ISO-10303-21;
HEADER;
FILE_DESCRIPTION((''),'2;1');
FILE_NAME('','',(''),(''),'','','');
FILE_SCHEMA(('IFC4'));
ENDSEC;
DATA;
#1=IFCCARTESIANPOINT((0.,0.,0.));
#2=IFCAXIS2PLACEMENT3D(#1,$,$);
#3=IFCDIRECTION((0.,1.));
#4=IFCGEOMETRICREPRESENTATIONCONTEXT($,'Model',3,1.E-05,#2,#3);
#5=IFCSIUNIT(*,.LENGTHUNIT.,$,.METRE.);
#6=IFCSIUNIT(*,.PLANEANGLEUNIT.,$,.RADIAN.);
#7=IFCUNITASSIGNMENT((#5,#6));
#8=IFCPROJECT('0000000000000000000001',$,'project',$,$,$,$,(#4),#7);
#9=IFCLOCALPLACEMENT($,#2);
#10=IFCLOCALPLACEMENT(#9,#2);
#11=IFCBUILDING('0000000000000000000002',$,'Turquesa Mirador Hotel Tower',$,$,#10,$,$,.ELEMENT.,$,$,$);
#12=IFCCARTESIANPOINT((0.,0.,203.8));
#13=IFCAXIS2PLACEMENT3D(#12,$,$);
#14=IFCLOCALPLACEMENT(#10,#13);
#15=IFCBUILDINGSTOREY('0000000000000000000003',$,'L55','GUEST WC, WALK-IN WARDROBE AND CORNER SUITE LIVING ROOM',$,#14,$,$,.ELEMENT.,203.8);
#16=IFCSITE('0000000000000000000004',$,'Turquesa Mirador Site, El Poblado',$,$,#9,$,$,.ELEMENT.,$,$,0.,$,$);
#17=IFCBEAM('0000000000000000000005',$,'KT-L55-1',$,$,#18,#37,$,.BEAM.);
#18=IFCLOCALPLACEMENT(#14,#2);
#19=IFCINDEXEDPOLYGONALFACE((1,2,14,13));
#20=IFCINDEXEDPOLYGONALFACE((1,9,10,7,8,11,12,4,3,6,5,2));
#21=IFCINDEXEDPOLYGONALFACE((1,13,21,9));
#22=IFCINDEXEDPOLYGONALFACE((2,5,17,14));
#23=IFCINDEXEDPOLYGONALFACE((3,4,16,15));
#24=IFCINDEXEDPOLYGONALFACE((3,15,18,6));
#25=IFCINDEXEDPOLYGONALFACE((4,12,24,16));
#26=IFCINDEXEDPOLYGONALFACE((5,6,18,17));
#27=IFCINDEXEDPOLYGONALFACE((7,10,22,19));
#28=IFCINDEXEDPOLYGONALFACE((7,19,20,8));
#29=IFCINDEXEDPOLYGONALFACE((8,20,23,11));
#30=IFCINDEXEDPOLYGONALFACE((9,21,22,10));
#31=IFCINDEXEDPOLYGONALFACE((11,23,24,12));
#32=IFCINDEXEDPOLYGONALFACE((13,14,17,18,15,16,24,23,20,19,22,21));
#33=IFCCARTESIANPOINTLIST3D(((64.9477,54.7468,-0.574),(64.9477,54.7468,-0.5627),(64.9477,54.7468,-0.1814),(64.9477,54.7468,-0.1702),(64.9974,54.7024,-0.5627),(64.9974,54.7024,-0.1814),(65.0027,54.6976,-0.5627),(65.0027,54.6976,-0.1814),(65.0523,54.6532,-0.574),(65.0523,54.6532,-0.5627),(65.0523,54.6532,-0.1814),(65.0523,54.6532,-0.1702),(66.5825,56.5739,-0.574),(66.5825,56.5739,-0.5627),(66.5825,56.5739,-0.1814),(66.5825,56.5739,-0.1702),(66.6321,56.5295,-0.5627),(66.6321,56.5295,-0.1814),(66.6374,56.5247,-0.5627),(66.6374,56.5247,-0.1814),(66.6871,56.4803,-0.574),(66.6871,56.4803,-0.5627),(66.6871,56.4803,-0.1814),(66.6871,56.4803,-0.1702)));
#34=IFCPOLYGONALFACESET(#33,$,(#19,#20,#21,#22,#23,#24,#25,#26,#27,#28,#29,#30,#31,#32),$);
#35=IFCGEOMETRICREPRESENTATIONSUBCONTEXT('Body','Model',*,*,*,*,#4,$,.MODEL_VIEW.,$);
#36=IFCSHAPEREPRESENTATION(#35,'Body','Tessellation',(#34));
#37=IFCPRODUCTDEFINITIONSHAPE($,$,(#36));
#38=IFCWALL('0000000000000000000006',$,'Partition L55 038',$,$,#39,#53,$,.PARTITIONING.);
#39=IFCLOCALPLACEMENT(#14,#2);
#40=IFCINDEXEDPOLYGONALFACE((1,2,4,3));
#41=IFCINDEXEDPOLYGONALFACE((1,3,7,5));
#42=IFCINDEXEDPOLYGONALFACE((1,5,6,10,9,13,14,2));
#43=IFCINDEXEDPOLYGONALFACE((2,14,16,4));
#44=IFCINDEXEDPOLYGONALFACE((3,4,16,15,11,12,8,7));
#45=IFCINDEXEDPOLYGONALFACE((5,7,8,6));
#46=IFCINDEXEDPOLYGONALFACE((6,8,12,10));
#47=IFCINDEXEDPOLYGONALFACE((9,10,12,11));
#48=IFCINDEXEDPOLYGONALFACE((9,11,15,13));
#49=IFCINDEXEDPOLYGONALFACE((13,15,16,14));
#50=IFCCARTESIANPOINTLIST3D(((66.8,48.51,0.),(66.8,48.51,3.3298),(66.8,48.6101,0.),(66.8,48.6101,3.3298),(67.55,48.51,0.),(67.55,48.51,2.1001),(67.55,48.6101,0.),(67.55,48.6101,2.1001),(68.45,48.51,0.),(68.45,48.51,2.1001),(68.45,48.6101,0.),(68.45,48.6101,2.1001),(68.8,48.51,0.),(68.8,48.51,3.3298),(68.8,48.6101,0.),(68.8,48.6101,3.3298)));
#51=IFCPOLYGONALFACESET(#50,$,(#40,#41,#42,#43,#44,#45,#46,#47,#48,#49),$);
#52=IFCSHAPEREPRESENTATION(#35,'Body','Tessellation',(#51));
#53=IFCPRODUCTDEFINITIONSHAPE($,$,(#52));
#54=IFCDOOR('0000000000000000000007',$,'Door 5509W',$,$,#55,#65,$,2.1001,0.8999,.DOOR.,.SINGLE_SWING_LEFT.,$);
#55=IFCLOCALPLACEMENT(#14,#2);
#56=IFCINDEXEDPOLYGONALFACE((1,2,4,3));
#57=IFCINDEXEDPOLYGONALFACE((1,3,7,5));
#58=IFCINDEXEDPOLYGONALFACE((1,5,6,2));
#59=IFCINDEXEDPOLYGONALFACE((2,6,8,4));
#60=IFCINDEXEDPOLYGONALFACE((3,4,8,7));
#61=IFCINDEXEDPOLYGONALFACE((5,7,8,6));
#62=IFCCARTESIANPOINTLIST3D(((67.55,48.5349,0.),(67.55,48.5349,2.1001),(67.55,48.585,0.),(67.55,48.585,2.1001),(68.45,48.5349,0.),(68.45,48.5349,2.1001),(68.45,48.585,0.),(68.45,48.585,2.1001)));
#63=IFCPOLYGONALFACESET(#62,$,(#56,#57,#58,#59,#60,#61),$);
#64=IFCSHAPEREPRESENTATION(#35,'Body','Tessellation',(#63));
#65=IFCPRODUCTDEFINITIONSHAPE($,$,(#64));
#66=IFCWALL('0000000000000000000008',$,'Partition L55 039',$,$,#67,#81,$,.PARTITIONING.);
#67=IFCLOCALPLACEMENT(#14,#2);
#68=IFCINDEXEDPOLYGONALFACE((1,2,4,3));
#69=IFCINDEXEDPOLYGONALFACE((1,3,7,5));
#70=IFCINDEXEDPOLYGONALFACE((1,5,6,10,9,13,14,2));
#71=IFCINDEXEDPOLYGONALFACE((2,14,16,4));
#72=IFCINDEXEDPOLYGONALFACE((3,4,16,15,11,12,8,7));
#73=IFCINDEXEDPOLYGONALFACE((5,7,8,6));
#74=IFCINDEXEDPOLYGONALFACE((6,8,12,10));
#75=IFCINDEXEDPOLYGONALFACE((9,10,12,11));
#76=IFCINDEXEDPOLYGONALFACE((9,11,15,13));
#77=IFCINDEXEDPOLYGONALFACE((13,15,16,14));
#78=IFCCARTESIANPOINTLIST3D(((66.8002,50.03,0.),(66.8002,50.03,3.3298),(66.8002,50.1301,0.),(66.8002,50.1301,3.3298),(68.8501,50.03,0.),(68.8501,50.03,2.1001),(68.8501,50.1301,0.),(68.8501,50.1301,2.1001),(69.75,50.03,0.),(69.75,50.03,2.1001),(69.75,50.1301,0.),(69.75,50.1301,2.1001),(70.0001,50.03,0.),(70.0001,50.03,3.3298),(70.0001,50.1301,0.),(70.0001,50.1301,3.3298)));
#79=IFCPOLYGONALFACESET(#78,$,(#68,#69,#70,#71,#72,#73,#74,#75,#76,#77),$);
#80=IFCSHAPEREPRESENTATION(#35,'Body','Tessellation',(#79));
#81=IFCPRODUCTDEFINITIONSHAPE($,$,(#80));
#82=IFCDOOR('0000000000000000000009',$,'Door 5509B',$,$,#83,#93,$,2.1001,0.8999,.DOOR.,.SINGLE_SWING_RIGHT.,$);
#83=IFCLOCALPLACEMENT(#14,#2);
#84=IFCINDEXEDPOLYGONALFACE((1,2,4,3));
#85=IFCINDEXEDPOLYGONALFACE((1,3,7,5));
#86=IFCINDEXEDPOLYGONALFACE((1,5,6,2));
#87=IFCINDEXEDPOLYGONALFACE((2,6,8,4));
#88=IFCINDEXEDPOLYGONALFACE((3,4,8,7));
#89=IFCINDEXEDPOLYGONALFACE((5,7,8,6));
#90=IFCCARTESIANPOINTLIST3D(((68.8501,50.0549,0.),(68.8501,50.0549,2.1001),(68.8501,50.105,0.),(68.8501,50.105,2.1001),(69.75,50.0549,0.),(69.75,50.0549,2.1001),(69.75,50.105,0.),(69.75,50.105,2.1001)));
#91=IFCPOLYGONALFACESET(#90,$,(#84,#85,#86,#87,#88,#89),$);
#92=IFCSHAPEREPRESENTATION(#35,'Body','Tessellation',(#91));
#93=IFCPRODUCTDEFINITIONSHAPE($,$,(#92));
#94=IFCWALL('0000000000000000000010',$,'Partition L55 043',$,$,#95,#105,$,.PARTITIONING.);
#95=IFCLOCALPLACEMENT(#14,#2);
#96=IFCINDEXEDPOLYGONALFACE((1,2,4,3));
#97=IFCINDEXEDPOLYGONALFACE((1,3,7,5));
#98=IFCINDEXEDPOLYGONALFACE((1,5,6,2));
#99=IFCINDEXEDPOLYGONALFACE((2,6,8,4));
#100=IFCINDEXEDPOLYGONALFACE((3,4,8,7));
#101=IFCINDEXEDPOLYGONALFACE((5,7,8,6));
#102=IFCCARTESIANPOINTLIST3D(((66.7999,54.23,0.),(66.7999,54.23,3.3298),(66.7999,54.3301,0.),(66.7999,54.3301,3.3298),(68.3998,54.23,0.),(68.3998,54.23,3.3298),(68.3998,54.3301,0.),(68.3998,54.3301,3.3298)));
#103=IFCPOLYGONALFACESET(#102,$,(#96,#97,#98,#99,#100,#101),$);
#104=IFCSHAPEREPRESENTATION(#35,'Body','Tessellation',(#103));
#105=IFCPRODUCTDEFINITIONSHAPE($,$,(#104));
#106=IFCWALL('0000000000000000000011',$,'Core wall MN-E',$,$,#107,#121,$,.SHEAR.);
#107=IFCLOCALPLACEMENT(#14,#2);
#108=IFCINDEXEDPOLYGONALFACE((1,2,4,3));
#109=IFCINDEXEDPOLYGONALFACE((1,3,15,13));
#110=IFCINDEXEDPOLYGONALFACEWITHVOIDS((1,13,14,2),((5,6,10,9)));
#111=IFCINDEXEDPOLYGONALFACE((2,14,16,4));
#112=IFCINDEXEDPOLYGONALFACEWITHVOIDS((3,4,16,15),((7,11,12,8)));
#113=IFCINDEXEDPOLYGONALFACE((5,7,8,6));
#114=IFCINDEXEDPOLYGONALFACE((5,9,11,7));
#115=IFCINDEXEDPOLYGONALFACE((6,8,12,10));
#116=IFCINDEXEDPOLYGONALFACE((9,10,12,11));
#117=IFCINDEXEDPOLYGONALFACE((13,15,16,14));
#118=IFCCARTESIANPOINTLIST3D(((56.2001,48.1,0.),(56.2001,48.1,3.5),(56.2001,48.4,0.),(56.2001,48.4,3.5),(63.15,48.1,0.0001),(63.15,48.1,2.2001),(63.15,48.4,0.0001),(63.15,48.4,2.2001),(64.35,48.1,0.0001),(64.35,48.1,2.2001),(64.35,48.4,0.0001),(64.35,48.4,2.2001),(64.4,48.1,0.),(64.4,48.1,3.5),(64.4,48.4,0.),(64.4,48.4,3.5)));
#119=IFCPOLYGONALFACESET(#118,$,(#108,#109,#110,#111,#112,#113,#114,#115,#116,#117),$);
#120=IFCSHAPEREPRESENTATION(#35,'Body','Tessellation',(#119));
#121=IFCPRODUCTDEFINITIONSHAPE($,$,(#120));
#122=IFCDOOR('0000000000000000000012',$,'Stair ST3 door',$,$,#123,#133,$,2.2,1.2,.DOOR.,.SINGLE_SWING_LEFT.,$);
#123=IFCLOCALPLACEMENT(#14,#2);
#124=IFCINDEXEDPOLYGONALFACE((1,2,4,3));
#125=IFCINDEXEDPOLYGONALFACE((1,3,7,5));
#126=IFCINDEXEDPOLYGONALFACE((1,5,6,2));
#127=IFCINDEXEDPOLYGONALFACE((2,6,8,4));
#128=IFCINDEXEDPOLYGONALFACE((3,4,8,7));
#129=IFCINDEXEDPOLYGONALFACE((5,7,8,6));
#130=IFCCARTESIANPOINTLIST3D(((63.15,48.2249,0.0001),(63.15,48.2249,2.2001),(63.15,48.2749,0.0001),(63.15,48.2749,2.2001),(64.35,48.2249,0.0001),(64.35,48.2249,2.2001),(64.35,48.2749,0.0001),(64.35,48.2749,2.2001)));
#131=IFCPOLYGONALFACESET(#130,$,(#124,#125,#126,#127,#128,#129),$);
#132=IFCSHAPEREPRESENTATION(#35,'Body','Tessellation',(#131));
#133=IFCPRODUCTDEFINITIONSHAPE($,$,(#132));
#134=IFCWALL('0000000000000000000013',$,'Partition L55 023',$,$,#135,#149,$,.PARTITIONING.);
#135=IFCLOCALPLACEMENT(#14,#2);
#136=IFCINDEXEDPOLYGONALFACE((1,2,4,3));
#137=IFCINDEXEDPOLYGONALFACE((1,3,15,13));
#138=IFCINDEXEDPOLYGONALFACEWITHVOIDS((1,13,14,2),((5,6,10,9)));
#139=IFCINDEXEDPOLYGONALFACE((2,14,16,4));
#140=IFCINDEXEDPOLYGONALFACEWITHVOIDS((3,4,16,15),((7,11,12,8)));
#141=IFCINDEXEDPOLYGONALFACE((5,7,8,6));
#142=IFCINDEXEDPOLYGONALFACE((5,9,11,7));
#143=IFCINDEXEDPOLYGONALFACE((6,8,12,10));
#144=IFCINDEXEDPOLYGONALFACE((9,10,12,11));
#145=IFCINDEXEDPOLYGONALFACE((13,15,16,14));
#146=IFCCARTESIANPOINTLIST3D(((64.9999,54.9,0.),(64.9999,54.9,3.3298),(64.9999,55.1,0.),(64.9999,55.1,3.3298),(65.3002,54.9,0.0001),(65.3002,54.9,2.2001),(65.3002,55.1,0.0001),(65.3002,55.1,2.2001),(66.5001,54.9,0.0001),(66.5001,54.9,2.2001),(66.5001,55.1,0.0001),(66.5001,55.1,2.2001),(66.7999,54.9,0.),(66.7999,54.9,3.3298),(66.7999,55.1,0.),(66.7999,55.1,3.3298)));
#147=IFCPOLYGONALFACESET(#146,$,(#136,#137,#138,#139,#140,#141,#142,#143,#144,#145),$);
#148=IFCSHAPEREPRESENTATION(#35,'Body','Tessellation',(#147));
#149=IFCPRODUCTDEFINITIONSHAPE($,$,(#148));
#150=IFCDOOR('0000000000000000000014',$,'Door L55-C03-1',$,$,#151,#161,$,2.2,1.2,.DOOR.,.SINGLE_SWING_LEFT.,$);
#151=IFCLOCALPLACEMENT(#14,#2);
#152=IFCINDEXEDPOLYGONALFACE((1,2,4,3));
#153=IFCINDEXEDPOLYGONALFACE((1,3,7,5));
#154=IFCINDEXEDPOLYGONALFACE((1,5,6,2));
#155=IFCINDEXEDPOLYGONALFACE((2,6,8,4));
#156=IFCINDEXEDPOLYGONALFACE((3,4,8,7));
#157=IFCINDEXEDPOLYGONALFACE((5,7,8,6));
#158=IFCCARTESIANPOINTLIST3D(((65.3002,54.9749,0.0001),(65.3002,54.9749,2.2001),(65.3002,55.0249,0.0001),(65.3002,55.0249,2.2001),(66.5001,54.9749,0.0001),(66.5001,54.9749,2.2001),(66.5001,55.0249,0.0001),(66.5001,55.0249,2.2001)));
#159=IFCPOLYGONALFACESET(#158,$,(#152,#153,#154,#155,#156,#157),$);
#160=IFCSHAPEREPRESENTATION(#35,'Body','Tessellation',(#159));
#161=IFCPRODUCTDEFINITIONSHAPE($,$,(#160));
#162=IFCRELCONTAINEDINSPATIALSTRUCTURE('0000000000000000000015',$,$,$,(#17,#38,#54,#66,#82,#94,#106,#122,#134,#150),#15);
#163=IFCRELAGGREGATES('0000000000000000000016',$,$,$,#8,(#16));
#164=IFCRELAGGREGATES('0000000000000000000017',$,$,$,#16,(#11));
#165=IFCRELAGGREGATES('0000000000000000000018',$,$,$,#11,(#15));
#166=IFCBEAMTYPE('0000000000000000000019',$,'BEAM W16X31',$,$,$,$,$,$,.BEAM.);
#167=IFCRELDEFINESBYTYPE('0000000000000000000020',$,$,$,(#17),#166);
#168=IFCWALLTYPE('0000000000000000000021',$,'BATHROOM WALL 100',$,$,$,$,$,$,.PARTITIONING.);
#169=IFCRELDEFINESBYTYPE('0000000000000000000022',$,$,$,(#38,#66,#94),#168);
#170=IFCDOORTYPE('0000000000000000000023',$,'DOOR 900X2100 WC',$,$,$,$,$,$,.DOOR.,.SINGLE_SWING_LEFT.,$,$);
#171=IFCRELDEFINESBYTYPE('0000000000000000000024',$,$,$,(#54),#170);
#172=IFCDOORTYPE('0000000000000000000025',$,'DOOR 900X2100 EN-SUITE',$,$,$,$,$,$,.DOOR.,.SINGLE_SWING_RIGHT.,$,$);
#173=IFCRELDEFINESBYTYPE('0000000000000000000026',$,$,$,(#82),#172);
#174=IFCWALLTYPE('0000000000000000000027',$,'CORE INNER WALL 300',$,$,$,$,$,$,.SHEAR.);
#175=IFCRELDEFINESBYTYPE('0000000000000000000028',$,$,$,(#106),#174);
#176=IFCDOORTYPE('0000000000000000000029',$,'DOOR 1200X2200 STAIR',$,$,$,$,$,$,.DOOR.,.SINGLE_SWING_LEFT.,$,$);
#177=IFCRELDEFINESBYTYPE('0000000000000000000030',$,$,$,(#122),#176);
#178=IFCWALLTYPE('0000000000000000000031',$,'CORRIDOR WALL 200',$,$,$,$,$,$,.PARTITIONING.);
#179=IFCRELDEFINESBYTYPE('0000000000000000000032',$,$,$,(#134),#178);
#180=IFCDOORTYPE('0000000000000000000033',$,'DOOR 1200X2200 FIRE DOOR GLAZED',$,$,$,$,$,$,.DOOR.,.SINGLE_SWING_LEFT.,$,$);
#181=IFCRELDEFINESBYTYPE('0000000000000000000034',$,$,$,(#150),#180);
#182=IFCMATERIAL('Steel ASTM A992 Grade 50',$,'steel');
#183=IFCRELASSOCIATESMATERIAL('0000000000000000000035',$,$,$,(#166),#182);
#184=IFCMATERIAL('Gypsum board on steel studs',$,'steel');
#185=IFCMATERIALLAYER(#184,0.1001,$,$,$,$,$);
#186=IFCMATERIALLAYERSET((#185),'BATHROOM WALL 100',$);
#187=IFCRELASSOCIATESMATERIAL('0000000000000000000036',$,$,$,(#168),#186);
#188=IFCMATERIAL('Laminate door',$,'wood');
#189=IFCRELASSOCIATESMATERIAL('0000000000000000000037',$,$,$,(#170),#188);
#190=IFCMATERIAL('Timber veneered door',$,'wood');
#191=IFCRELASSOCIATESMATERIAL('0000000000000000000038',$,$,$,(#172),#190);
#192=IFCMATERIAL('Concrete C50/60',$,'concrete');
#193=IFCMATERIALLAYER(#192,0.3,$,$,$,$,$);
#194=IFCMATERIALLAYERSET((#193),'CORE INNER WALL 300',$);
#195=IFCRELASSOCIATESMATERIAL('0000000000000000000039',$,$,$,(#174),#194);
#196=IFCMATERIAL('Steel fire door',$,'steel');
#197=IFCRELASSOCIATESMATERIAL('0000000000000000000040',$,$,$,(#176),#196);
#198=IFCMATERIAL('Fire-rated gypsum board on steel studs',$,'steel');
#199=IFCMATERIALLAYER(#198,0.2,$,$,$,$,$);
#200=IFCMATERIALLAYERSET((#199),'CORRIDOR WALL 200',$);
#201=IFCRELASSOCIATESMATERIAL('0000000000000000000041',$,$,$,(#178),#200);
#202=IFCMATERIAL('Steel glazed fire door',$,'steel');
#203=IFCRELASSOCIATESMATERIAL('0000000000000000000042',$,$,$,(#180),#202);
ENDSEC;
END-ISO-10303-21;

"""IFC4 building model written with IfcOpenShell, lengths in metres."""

from ifc_helpers import new_model, si_unit, direction, frame, frame_2d, origin, origin_2d, place, context, subcontext, project, spatial, rectangle, i_section, extrude, material, layer, layer_set, material_profile, profile_set, type_object, element, fill, save


model = new_model("IFC4")

# Units and contexts
model_context = context("Model", 3, precision=1e-05, world=origin(), true_north=direction((0.0, 1.0)))
body_context = subcontext(model_context, "Body", "Model", "MODEL_VIEW")
ifc_project = project(units=[si_unit("LENGTHUNIT", "METRE"), si_unit("PLANEANGLEUNIT", "RADIAN")], contexts=[model_context])

# Site, building, storey
site_placement = place(None, origin())
site = spatial("IfcSite", under=ifc_project, at=site_placement, Name="Turquesa Mirador Site, El Poblado", CompositionType="ELEMENT", RefElevation=0.0)
building_placement = place(site_placement, origin())
building = spatial("IfcBuilding", under=site, at=building_placement, Name="Turquesa Mirador Hotel Tower", CompositionType="ELEMENT")
storey_placement = place(building_placement, frame((0.0, 0.0, 203.8)))
storey = spatial("IfcBuildingStorey", under=building, at=storey_placement, Name="L55", Description="GUEST WC, WALK-IN WARDROBE AND CORNER SUITE LIVING ROOM", CompositionType="ELEMENT", Elevation=203.8)

# Beam
ifc_material_1 = material(Name="Steel ASTM A992 Grade 50", Category="steel")
ifc_material_profile = material_profile(ifc_material_1, i_section(OverallWidth=0.1404, OverallDepth=0.4038, WebThickness=0.0071, FlangeThickness=0.0112, at=origin_2d()), Name="W16X31")
ifc_profile_set = profile_set([ifc_material_profile], Name="Steel ASTM A992 Grade 50")
beam_type = type_object("IfcBeamType", Name="BEAM W16X31", PredefinedType="BEAM", material=ifc_profile_set)
beam_placement = place(storey_placement, frame((66.6348, 56.5271, -0.3721), z_axis=(-0.666783, -0.745252, 0.0), x_axis=(0.745252, -0.666783, 0.0)))
element("IfcBeam", 1, at=beam_placement, inside=storey, type_object=beam_type, Name="KT-L55-1", PredefinedType="BEAM", context=body_context, shape_type="SweptSolid", body=[
    extrude(i_section(OverallWidth=0.1404, OverallDepth=0.4038, WebThickness=0.0071, FlangeThickness=0.0112, at=origin_2d()), origin(), (0.0, 0.0, 1.0), 2.4517),
])

# Walls, openings, doors
ifc_material_2 = material(Name="Gypsum board on steel studs", Category="steel")
ifc_layer_1 = layer(ifc_material_2, 0.1001)
ifc_layer_set_1 = layer_set([ifc_layer_1], Name="BATHROOM WALL 100")
wall_type_1 = type_object("IfcWallType", Name="BATHROOM WALL 100", PredefinedType="PARTITIONING", material=ifc_layer_set_1)
wall_1_placement = place(storey_placement, frame((66.8, 48.5601, 0.0), z_axis=(0.0, 0.0, 1.0), x_axis=(1.0, 0.0, 0.0)))
wall_1 = element("IfcWall", 2, at=wall_1_placement, inside=storey, type_object=wall_type_1, Name="Partition L55 038", PredefinedType="PARTITIONING", context=body_context, shape_type="SweptSolid", body=[
    extrude(rectangle(XDim=2.0, YDim=0.1001, at=frame_2d((1.0, 0.0))), origin(), (0.0, 0.0, 1.0), 3.3298),
])
opening_1_placement = place(wall_1_placement, frame((0.75, 0.0, 0.0)))
opening_1 = element("IfcOpeningElement", 3, at=opening_1_placement, cuts=wall_1, PredefinedType="OPENING", context=body_context, shape_type="SweptSolid", body=[
    extrude(rectangle(XDim=0.8999, YDim=2.1001, at=frame_2d((0.45, 1.05))), frame((0.0, 0.0601, 0.0), z_axis=(0.0, -1.0, 0.0), x_axis=(1.0, 0.0, 0.0)), (0.0, 0.0, 1.0), 0.1201),
])
ifc_material_3 = material(Name="Laminate door", Category="wood")
door_type_1 = type_object("IfcDoorType", Name="DOOR 900X2100 WC", OperationType="SINGLE_SWING_LEFT", PredefinedType="DOOR", material=ifc_material_3)
door_1_placement = place(opening_1_placement, origin())
door_1 = element("IfcDoor", 4, at=door_1_placement, inside=storey, type_object=door_type_1, Name="Door 5509W", OperationType="SINGLE_SWING_LEFT", OverallHeight=2.1001, OverallWidth=0.8999, PredefinedType="DOOR", context=body_context, shape_type="SweptSolid", body=[
    extrude(rectangle(XDim=0.8999, YDim=2.1001, at=frame_2d((0.45, 1.05))), frame((0.0, 0.0249, 0.0), z_axis=(0.0, -1.0, 0.0), x_axis=(1.0, 0.0, 0.0)), (0.0, 0.0, 1.0), 0.05),
])
fill(opening_1, door_1)
wall_2_placement = place(storey_placement, frame((66.8, 50.0801, 0.0), z_axis=(0.0, 0.0, 1.0), x_axis=(1.0, 0.0, 0.0)))
wall_2 = element("IfcWall", 5, at=wall_2_placement, inside=storey, type_object=wall_type_1, Name="Partition L55 039", PredefinedType="PARTITIONING", context=body_context, shape_type="SweptSolid", body=[
    extrude(rectangle(XDim=3.2, YDim=0.1001, at=frame_2d((1.6001, 0.0))), origin(), (0.0, 0.0, 1.0), 3.3298),
])
opening_2_placement = place(wall_2_placement, frame((2.05, 0.0, 0.0)))
opening_2 = element("IfcOpeningElement", 6, at=opening_2_placement, cuts=wall_2, PredefinedType="OPENING", context=body_context, shape_type="SweptSolid", body=[
    extrude(rectangle(XDim=0.8999, YDim=2.1001, at=frame_2d((0.45, 1.05))), frame((0.0, 0.0601, 0.0), z_axis=(0.0, -1.0, 0.0), x_axis=(1.0, 0.0, 0.0)), (0.0, 0.0, 1.0), 0.1201),
])
ifc_material_4 = material(Name="Timber veneered door", Category="wood")
door_type_2 = type_object("IfcDoorType", Name="DOOR 900X2100 EN-SUITE", OperationType="SINGLE_SWING_RIGHT", PredefinedType="DOOR", material=ifc_material_4)
door_2_placement = place(opening_2_placement, origin())
door_2 = element("IfcDoor", 7, at=door_2_placement, inside=storey, type_object=door_type_2, Name="Door 5509B", OperationType="SINGLE_SWING_RIGHT", OverallHeight=2.1001, OverallWidth=0.8999, PredefinedType="DOOR", context=body_context, shape_type="SweptSolid", body=[
    extrude(rectangle(XDim=0.8999, YDim=2.1001, at=frame_2d((0.45, 1.05))), frame((0.0, 0.0249, 0.0), z_axis=(0.0, -1.0, 0.0), x_axis=(1.0, 0.0, 0.0)), (0.0, 0.0, 1.0), 0.05),
])
fill(opening_2, door_2)

# Wall
wall_3_placement = place(storey_placement, frame((66.8, 54.28, 0.0), z_axis=(0.0, 0.0, 1.0), x_axis=(1.0, 0.0, 0.0)))
element("IfcWall", 8, at=wall_3_placement, inside=storey, type_object=wall_type_1, Name="Partition L55 043", PredefinedType="PARTITIONING", context=body_context, shape_type="SweptSolid", body=[
    extrude(rectangle(XDim=1.5999, YDim=0.1001, at=frame_2d((0.7998, 0.0))), origin(), (0.0, 0.0, 1.0), 3.3298),
])

# Walls, openings, doors
ifc_material_5 = material(Name="Concrete C50/60", Category="concrete")
ifc_layer_2 = layer(ifc_material_5, 0.3)
ifc_layer_set_2 = layer_set([ifc_layer_2], Name="CORE INNER WALL 300")
wall_type_2 = type_object("IfcWallType", Name="CORE INNER WALL 300", PredefinedType="SHEAR", material=ifc_layer_set_2)
wall_4_placement = place(storey_placement, frame((56.2, 48.25, 0.0), z_axis=(0.0, 0.0, 1.0), x_axis=(1.0, 0.0, 0.0)))
wall_4 = element("IfcWall", 9, at=wall_4_placement, inside=storey, type_object=wall_type_2, Name="Core wall MN-E", PredefinedType="SHEAR", context=body_context, shape_type="SweptSolid", body=[
    extrude(rectangle(XDim=8.2, YDim=0.3, at=frame_2d((4.1001, 0.0))), origin(), (0.0, 0.0, 1.0), 3.5),
])
opening_3_placement = place(wall_4_placement, frame((6.95, 0.0, 0.0)))
opening_3 = element("IfcOpeningElement", 10, at=opening_3_placement, cuts=wall_4, PredefinedType="OPENING", context=body_context, shape_type="SweptSolid", body=[
    extrude(rectangle(XDim=1.2, YDim=2.2, at=frame_2d((0.6001, 1.1001))), frame((0.0, 0.1599, 0.0), z_axis=(0.0, -1.0, 0.0), x_axis=(1.0, 0.0, 0.0)), (0.0, 0.0, 1.0), 0.3201),
])
ifc_material_6 = material(Name="Steel fire door", Category="steel")
door_type_3 = type_object("IfcDoorType", Name="DOOR 1200X2200 STAIR", OperationType="SINGLE_SWING_LEFT", PredefinedType="DOOR", material=ifc_material_6)
door_3_placement = place(opening_3_placement, origin())
door_3 = element("IfcDoor", 11, at=door_3_placement, inside=storey, type_object=door_type_3, Name="Stair ST3 door", OperationType="SINGLE_SWING_LEFT", OverallHeight=2.2, OverallWidth=1.2, PredefinedType="DOOR", context=body_context, shape_type="SweptSolid", body=[
    extrude(rectangle(XDim=1.2, YDim=2.2, at=frame_2d((0.6001, 1.1001))), frame((0.0, 0.0249, 0.0), z_axis=(0.0, -1.0, 0.0), x_axis=(1.0, 0.0, 0.0)), (0.0, 0.0, 1.0), 0.05),
])
fill(opening_3, door_3)
ifc_material_7 = material(Name="Fire-rated gypsum board on steel studs", Category="steel")
ifc_layer_3 = layer(ifc_material_7, 0.2)
ifc_layer_set_3 = layer_set([ifc_layer_3], Name="CORRIDOR WALL 200")
wall_type_3 = type_object("IfcWallType", Name="CORRIDOR WALL 200", PredefinedType="PARTITIONING", material=ifc_layer_set_3)
wall_5_placement = place(storey_placement, frame((65.0, 55.0, 0.0), z_axis=(0.0, 0.0, 1.0), x_axis=(1.0, 0.0, 0.0)))
wall_5 = element("IfcWall", 12, at=wall_5_placement, inside=storey, type_object=wall_type_3, Name="Partition L55 023", PredefinedType="PARTITIONING", context=body_context, shape_type="SweptSolid", body=[
    extrude(rectangle(XDim=1.8, YDim=0.2, at=frame_2d((0.8999, 0.0))), origin(), (0.0, 0.0, 1.0), 3.3298),
])
opening_4_placement = place(wall_5_placement, frame((0.3, 0.0, 0.0)))
opening_4 = element("IfcOpeningElement", 13, at=opening_4_placement, cuts=wall_5, PredefinedType="OPENING", context=body_context, shape_type="SweptSolid", body=[
    extrude(rectangle(XDim=1.2, YDim=2.2, at=frame_2d((0.6001, 1.1001))), frame((0.0, 0.1099, 0.0), z_axis=(0.0, -1.0, 0.0), x_axis=(1.0, 0.0, 0.0)), (0.0, 0.0, 1.0), 0.22),
])
ifc_material_8 = material(Name="Steel glazed fire door", Category="steel")
door_type_4 = type_object("IfcDoorType", Name="DOOR 1200X2200 FIRE DOOR GLAZED", OperationType="SINGLE_SWING_LEFT", PredefinedType="DOOR", material=ifc_material_8)
door_4_placement = place(opening_4_placement, origin())
door_4 = element("IfcDoor", 14, at=door_4_placement, inside=storey, type_object=door_type_4, Name="Door L55-C03-1", OperationType="SINGLE_SWING_LEFT", OverallHeight=2.2, OverallWidth=1.2, PredefinedType="DOOR", context=body_context, shape_type="SweptSolid", body=[
    extrude(rectangle(XDim=1.2, YDim=2.2, at=frame_2d((0.6001, 1.1001))), frame((0.0, 0.0249, 0.0), z_axis=(0.0, -1.0, 0.0), x_axis=(1.0, 0.0, 0.0)), (0.0, 0.0, 1.0), 0.05),
])
fill(opening_4, door_4)

save(model, "model.ifc")
